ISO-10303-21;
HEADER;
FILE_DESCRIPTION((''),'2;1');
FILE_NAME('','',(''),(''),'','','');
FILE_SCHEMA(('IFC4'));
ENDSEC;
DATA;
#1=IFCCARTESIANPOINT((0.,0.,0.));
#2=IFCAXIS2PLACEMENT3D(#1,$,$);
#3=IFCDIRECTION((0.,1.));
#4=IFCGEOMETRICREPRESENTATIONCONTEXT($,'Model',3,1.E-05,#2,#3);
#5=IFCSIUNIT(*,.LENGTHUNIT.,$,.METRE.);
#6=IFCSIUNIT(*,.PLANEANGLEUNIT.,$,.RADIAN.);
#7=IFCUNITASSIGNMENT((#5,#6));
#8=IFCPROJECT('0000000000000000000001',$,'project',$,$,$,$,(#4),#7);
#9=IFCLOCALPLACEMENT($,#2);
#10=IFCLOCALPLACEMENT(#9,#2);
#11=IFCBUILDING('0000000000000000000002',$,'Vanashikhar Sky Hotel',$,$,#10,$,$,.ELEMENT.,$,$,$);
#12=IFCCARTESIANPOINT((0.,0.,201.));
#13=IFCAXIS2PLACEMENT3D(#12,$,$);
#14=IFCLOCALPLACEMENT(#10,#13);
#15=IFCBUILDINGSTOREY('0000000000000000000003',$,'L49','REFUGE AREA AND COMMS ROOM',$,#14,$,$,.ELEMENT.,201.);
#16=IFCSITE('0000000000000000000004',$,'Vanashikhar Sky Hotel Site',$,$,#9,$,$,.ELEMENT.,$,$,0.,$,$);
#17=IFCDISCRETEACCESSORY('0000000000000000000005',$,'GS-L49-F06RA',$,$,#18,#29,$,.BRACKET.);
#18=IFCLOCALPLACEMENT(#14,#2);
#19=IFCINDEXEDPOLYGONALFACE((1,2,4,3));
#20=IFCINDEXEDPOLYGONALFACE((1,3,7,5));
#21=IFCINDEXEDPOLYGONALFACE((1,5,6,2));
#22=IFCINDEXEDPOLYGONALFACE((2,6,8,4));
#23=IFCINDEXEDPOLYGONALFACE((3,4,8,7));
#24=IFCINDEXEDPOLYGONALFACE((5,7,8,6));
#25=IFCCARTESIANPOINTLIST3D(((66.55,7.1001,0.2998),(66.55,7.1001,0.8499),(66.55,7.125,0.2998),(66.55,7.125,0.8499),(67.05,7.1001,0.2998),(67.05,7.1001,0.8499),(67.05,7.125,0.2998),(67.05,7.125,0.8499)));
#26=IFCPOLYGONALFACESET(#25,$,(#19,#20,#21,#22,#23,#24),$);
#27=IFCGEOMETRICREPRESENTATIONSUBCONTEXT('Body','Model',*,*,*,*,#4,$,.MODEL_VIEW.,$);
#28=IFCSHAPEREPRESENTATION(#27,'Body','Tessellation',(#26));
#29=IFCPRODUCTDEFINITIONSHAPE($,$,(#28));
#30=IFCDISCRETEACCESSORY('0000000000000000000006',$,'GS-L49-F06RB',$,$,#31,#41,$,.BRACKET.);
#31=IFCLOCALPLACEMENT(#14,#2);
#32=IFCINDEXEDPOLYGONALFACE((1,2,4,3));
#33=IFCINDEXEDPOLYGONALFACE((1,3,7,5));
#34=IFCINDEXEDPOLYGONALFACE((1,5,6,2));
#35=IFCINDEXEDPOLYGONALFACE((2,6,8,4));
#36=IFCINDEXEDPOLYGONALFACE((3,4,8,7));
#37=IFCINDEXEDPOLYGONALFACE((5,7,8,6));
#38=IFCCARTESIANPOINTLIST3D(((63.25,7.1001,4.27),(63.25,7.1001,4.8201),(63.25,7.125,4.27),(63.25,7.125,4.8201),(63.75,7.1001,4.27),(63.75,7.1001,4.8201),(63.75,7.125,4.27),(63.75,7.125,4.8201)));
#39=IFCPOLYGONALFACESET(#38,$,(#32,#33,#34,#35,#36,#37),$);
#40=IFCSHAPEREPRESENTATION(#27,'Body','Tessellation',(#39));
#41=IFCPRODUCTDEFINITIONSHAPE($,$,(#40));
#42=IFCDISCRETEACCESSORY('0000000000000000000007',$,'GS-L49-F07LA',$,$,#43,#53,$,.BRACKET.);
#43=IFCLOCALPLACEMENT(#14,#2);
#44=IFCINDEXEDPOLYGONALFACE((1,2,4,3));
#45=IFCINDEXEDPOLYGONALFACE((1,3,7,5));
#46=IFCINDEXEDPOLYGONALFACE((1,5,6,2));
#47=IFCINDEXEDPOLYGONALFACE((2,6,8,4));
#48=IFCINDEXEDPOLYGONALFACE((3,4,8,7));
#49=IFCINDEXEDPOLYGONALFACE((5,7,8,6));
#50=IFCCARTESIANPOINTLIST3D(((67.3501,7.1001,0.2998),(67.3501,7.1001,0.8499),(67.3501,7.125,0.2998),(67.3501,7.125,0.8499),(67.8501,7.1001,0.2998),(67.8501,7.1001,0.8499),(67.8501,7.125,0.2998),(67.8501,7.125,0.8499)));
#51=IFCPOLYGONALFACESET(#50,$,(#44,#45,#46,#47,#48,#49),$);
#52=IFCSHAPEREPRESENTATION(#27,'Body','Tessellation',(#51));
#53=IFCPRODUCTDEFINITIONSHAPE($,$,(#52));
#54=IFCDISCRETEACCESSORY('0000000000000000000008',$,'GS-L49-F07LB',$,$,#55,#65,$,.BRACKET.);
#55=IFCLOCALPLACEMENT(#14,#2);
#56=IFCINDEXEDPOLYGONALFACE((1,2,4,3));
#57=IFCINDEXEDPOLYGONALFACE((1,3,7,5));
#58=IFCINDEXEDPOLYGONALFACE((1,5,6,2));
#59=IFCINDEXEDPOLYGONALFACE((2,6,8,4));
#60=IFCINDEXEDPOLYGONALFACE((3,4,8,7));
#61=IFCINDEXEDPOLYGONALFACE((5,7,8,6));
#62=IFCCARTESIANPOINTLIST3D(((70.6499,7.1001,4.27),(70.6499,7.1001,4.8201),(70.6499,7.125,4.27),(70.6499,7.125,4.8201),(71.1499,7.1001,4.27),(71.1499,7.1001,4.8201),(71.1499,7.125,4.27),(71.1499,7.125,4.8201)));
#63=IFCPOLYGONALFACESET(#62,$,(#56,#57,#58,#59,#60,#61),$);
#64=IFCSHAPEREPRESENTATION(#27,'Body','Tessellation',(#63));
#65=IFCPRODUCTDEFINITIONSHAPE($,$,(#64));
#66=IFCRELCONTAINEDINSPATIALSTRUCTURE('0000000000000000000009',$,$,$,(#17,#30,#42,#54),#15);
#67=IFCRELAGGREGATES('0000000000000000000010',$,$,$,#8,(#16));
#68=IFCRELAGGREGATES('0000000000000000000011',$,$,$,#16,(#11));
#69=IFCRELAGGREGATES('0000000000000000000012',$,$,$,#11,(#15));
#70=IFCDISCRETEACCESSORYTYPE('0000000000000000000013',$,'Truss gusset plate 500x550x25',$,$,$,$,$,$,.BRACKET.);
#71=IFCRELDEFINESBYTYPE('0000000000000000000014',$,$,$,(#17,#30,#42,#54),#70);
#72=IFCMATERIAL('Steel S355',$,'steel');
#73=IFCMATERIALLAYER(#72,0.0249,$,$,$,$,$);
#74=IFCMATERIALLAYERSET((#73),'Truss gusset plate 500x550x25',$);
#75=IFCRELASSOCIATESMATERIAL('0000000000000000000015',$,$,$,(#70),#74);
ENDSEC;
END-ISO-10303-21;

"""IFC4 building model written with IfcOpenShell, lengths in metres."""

from ifc_helpers import new_model, si_unit, direction, frame, origin, origin_2d, place, context, subcontext, project, spatial, rectangle, extrude, source, transform, mapped, material, layer, layer_set, type_object, element, save


model = new_model("IFC4")

# Units and contexts
model_context = context("Model", 3, precision=1e-05, world=origin(), true_north=direction((0.0, 1.0)))
body_context = subcontext(model_context, "Body", "Model", "MODEL_VIEW")
ifc_project = project(units=[si_unit("LENGTHUNIT", "METRE"), si_unit("PLANEANGLEUNIT", "RADIAN")], contexts=[model_context])

# Site, building, storey
site_placement = place(None, origin())
site = spatial("IfcSite", under=ifc_project, at=site_placement, Name="Vanashikhar Sky Hotel Site", CompositionType="ELEMENT", RefElevation=0.0)
building_placement = place(site_placement, origin())
building = spatial("IfcBuilding", under=site, at=building_placement, Name="Vanashikhar Sky Hotel", CompositionType="ELEMENT")
storey_placement = place(building_placement, frame((0.0, 0.0, 201.0)))
storey = spatial("IfcBuildingStorey", under=building, at=storey_placement, Name="L49", Description="REFUGE AREA AND COMMS ROOM", CompositionType="ELEMENT", Elevation=201.0)

# Shared definitions
ifc_material_1 = material(Name="Steel S355", Category="steel")

# Discrete accessories
ifc_layer_1 = layer(ifc_material_1, 0.0249)
ifc_layer_set_1 = layer_set([ifc_layer_1], Name="Truss gusset plate 500x550x25")
discrete_accessory_type_1 = type_object("IfcDiscreteAccessoryType", Name="Truss gusset plate 500x550x25", PredefinedType="BRACKET", material=ifc_layer_set_1)
shared_shape_1 = source(origin(), body_context, "Body", "SweptSolid", [
    extrude(rectangle(XDim=0.5, YDim=0.0249, at=origin_2d()), origin(), (0.0, 0.0, 1.0), 0.55),
])
for number, where, z_axis, x_axis, name in (
    (1, (66.8, 7.1125, 0.2998), (0.0, 0.0, 1.0), (1.0, 0.0, 0.0), "GS-L49-F06RA"),
    (2, (63.5, 7.1125, 4.27), (0.0, 0.0, 1.0), (1.0, 0.0, 0.0), "GS-L49-F06RB"),
    (3, (67.6001, 7.1125, 0.2998), (0.0, 0.0, 1.0), (1.0, 0.0, 0.0), "GS-L49-F07LA"),
    (4, (70.8999, 7.1125, 4.27), (0.0, 0.0, 1.0), (1.0, 0.0, 0.0), "GS-L49-F07LB"),
):
    element("IfcDiscreteAccessory", number, at=place(storey_placement, frame(where, z_axis=z_axis, x_axis=x_axis)), inside=storey, type_object=discrete_accessory_type_1, Name=name, PredefinedType="BRACKET", context=body_context, shape_type="MappedRepresentation", body=[
        mapped(shared_shape_1, transform((0.0, 0.0, 0.0), scale=1.0)),
    ])

save(model, "model.ifc")
